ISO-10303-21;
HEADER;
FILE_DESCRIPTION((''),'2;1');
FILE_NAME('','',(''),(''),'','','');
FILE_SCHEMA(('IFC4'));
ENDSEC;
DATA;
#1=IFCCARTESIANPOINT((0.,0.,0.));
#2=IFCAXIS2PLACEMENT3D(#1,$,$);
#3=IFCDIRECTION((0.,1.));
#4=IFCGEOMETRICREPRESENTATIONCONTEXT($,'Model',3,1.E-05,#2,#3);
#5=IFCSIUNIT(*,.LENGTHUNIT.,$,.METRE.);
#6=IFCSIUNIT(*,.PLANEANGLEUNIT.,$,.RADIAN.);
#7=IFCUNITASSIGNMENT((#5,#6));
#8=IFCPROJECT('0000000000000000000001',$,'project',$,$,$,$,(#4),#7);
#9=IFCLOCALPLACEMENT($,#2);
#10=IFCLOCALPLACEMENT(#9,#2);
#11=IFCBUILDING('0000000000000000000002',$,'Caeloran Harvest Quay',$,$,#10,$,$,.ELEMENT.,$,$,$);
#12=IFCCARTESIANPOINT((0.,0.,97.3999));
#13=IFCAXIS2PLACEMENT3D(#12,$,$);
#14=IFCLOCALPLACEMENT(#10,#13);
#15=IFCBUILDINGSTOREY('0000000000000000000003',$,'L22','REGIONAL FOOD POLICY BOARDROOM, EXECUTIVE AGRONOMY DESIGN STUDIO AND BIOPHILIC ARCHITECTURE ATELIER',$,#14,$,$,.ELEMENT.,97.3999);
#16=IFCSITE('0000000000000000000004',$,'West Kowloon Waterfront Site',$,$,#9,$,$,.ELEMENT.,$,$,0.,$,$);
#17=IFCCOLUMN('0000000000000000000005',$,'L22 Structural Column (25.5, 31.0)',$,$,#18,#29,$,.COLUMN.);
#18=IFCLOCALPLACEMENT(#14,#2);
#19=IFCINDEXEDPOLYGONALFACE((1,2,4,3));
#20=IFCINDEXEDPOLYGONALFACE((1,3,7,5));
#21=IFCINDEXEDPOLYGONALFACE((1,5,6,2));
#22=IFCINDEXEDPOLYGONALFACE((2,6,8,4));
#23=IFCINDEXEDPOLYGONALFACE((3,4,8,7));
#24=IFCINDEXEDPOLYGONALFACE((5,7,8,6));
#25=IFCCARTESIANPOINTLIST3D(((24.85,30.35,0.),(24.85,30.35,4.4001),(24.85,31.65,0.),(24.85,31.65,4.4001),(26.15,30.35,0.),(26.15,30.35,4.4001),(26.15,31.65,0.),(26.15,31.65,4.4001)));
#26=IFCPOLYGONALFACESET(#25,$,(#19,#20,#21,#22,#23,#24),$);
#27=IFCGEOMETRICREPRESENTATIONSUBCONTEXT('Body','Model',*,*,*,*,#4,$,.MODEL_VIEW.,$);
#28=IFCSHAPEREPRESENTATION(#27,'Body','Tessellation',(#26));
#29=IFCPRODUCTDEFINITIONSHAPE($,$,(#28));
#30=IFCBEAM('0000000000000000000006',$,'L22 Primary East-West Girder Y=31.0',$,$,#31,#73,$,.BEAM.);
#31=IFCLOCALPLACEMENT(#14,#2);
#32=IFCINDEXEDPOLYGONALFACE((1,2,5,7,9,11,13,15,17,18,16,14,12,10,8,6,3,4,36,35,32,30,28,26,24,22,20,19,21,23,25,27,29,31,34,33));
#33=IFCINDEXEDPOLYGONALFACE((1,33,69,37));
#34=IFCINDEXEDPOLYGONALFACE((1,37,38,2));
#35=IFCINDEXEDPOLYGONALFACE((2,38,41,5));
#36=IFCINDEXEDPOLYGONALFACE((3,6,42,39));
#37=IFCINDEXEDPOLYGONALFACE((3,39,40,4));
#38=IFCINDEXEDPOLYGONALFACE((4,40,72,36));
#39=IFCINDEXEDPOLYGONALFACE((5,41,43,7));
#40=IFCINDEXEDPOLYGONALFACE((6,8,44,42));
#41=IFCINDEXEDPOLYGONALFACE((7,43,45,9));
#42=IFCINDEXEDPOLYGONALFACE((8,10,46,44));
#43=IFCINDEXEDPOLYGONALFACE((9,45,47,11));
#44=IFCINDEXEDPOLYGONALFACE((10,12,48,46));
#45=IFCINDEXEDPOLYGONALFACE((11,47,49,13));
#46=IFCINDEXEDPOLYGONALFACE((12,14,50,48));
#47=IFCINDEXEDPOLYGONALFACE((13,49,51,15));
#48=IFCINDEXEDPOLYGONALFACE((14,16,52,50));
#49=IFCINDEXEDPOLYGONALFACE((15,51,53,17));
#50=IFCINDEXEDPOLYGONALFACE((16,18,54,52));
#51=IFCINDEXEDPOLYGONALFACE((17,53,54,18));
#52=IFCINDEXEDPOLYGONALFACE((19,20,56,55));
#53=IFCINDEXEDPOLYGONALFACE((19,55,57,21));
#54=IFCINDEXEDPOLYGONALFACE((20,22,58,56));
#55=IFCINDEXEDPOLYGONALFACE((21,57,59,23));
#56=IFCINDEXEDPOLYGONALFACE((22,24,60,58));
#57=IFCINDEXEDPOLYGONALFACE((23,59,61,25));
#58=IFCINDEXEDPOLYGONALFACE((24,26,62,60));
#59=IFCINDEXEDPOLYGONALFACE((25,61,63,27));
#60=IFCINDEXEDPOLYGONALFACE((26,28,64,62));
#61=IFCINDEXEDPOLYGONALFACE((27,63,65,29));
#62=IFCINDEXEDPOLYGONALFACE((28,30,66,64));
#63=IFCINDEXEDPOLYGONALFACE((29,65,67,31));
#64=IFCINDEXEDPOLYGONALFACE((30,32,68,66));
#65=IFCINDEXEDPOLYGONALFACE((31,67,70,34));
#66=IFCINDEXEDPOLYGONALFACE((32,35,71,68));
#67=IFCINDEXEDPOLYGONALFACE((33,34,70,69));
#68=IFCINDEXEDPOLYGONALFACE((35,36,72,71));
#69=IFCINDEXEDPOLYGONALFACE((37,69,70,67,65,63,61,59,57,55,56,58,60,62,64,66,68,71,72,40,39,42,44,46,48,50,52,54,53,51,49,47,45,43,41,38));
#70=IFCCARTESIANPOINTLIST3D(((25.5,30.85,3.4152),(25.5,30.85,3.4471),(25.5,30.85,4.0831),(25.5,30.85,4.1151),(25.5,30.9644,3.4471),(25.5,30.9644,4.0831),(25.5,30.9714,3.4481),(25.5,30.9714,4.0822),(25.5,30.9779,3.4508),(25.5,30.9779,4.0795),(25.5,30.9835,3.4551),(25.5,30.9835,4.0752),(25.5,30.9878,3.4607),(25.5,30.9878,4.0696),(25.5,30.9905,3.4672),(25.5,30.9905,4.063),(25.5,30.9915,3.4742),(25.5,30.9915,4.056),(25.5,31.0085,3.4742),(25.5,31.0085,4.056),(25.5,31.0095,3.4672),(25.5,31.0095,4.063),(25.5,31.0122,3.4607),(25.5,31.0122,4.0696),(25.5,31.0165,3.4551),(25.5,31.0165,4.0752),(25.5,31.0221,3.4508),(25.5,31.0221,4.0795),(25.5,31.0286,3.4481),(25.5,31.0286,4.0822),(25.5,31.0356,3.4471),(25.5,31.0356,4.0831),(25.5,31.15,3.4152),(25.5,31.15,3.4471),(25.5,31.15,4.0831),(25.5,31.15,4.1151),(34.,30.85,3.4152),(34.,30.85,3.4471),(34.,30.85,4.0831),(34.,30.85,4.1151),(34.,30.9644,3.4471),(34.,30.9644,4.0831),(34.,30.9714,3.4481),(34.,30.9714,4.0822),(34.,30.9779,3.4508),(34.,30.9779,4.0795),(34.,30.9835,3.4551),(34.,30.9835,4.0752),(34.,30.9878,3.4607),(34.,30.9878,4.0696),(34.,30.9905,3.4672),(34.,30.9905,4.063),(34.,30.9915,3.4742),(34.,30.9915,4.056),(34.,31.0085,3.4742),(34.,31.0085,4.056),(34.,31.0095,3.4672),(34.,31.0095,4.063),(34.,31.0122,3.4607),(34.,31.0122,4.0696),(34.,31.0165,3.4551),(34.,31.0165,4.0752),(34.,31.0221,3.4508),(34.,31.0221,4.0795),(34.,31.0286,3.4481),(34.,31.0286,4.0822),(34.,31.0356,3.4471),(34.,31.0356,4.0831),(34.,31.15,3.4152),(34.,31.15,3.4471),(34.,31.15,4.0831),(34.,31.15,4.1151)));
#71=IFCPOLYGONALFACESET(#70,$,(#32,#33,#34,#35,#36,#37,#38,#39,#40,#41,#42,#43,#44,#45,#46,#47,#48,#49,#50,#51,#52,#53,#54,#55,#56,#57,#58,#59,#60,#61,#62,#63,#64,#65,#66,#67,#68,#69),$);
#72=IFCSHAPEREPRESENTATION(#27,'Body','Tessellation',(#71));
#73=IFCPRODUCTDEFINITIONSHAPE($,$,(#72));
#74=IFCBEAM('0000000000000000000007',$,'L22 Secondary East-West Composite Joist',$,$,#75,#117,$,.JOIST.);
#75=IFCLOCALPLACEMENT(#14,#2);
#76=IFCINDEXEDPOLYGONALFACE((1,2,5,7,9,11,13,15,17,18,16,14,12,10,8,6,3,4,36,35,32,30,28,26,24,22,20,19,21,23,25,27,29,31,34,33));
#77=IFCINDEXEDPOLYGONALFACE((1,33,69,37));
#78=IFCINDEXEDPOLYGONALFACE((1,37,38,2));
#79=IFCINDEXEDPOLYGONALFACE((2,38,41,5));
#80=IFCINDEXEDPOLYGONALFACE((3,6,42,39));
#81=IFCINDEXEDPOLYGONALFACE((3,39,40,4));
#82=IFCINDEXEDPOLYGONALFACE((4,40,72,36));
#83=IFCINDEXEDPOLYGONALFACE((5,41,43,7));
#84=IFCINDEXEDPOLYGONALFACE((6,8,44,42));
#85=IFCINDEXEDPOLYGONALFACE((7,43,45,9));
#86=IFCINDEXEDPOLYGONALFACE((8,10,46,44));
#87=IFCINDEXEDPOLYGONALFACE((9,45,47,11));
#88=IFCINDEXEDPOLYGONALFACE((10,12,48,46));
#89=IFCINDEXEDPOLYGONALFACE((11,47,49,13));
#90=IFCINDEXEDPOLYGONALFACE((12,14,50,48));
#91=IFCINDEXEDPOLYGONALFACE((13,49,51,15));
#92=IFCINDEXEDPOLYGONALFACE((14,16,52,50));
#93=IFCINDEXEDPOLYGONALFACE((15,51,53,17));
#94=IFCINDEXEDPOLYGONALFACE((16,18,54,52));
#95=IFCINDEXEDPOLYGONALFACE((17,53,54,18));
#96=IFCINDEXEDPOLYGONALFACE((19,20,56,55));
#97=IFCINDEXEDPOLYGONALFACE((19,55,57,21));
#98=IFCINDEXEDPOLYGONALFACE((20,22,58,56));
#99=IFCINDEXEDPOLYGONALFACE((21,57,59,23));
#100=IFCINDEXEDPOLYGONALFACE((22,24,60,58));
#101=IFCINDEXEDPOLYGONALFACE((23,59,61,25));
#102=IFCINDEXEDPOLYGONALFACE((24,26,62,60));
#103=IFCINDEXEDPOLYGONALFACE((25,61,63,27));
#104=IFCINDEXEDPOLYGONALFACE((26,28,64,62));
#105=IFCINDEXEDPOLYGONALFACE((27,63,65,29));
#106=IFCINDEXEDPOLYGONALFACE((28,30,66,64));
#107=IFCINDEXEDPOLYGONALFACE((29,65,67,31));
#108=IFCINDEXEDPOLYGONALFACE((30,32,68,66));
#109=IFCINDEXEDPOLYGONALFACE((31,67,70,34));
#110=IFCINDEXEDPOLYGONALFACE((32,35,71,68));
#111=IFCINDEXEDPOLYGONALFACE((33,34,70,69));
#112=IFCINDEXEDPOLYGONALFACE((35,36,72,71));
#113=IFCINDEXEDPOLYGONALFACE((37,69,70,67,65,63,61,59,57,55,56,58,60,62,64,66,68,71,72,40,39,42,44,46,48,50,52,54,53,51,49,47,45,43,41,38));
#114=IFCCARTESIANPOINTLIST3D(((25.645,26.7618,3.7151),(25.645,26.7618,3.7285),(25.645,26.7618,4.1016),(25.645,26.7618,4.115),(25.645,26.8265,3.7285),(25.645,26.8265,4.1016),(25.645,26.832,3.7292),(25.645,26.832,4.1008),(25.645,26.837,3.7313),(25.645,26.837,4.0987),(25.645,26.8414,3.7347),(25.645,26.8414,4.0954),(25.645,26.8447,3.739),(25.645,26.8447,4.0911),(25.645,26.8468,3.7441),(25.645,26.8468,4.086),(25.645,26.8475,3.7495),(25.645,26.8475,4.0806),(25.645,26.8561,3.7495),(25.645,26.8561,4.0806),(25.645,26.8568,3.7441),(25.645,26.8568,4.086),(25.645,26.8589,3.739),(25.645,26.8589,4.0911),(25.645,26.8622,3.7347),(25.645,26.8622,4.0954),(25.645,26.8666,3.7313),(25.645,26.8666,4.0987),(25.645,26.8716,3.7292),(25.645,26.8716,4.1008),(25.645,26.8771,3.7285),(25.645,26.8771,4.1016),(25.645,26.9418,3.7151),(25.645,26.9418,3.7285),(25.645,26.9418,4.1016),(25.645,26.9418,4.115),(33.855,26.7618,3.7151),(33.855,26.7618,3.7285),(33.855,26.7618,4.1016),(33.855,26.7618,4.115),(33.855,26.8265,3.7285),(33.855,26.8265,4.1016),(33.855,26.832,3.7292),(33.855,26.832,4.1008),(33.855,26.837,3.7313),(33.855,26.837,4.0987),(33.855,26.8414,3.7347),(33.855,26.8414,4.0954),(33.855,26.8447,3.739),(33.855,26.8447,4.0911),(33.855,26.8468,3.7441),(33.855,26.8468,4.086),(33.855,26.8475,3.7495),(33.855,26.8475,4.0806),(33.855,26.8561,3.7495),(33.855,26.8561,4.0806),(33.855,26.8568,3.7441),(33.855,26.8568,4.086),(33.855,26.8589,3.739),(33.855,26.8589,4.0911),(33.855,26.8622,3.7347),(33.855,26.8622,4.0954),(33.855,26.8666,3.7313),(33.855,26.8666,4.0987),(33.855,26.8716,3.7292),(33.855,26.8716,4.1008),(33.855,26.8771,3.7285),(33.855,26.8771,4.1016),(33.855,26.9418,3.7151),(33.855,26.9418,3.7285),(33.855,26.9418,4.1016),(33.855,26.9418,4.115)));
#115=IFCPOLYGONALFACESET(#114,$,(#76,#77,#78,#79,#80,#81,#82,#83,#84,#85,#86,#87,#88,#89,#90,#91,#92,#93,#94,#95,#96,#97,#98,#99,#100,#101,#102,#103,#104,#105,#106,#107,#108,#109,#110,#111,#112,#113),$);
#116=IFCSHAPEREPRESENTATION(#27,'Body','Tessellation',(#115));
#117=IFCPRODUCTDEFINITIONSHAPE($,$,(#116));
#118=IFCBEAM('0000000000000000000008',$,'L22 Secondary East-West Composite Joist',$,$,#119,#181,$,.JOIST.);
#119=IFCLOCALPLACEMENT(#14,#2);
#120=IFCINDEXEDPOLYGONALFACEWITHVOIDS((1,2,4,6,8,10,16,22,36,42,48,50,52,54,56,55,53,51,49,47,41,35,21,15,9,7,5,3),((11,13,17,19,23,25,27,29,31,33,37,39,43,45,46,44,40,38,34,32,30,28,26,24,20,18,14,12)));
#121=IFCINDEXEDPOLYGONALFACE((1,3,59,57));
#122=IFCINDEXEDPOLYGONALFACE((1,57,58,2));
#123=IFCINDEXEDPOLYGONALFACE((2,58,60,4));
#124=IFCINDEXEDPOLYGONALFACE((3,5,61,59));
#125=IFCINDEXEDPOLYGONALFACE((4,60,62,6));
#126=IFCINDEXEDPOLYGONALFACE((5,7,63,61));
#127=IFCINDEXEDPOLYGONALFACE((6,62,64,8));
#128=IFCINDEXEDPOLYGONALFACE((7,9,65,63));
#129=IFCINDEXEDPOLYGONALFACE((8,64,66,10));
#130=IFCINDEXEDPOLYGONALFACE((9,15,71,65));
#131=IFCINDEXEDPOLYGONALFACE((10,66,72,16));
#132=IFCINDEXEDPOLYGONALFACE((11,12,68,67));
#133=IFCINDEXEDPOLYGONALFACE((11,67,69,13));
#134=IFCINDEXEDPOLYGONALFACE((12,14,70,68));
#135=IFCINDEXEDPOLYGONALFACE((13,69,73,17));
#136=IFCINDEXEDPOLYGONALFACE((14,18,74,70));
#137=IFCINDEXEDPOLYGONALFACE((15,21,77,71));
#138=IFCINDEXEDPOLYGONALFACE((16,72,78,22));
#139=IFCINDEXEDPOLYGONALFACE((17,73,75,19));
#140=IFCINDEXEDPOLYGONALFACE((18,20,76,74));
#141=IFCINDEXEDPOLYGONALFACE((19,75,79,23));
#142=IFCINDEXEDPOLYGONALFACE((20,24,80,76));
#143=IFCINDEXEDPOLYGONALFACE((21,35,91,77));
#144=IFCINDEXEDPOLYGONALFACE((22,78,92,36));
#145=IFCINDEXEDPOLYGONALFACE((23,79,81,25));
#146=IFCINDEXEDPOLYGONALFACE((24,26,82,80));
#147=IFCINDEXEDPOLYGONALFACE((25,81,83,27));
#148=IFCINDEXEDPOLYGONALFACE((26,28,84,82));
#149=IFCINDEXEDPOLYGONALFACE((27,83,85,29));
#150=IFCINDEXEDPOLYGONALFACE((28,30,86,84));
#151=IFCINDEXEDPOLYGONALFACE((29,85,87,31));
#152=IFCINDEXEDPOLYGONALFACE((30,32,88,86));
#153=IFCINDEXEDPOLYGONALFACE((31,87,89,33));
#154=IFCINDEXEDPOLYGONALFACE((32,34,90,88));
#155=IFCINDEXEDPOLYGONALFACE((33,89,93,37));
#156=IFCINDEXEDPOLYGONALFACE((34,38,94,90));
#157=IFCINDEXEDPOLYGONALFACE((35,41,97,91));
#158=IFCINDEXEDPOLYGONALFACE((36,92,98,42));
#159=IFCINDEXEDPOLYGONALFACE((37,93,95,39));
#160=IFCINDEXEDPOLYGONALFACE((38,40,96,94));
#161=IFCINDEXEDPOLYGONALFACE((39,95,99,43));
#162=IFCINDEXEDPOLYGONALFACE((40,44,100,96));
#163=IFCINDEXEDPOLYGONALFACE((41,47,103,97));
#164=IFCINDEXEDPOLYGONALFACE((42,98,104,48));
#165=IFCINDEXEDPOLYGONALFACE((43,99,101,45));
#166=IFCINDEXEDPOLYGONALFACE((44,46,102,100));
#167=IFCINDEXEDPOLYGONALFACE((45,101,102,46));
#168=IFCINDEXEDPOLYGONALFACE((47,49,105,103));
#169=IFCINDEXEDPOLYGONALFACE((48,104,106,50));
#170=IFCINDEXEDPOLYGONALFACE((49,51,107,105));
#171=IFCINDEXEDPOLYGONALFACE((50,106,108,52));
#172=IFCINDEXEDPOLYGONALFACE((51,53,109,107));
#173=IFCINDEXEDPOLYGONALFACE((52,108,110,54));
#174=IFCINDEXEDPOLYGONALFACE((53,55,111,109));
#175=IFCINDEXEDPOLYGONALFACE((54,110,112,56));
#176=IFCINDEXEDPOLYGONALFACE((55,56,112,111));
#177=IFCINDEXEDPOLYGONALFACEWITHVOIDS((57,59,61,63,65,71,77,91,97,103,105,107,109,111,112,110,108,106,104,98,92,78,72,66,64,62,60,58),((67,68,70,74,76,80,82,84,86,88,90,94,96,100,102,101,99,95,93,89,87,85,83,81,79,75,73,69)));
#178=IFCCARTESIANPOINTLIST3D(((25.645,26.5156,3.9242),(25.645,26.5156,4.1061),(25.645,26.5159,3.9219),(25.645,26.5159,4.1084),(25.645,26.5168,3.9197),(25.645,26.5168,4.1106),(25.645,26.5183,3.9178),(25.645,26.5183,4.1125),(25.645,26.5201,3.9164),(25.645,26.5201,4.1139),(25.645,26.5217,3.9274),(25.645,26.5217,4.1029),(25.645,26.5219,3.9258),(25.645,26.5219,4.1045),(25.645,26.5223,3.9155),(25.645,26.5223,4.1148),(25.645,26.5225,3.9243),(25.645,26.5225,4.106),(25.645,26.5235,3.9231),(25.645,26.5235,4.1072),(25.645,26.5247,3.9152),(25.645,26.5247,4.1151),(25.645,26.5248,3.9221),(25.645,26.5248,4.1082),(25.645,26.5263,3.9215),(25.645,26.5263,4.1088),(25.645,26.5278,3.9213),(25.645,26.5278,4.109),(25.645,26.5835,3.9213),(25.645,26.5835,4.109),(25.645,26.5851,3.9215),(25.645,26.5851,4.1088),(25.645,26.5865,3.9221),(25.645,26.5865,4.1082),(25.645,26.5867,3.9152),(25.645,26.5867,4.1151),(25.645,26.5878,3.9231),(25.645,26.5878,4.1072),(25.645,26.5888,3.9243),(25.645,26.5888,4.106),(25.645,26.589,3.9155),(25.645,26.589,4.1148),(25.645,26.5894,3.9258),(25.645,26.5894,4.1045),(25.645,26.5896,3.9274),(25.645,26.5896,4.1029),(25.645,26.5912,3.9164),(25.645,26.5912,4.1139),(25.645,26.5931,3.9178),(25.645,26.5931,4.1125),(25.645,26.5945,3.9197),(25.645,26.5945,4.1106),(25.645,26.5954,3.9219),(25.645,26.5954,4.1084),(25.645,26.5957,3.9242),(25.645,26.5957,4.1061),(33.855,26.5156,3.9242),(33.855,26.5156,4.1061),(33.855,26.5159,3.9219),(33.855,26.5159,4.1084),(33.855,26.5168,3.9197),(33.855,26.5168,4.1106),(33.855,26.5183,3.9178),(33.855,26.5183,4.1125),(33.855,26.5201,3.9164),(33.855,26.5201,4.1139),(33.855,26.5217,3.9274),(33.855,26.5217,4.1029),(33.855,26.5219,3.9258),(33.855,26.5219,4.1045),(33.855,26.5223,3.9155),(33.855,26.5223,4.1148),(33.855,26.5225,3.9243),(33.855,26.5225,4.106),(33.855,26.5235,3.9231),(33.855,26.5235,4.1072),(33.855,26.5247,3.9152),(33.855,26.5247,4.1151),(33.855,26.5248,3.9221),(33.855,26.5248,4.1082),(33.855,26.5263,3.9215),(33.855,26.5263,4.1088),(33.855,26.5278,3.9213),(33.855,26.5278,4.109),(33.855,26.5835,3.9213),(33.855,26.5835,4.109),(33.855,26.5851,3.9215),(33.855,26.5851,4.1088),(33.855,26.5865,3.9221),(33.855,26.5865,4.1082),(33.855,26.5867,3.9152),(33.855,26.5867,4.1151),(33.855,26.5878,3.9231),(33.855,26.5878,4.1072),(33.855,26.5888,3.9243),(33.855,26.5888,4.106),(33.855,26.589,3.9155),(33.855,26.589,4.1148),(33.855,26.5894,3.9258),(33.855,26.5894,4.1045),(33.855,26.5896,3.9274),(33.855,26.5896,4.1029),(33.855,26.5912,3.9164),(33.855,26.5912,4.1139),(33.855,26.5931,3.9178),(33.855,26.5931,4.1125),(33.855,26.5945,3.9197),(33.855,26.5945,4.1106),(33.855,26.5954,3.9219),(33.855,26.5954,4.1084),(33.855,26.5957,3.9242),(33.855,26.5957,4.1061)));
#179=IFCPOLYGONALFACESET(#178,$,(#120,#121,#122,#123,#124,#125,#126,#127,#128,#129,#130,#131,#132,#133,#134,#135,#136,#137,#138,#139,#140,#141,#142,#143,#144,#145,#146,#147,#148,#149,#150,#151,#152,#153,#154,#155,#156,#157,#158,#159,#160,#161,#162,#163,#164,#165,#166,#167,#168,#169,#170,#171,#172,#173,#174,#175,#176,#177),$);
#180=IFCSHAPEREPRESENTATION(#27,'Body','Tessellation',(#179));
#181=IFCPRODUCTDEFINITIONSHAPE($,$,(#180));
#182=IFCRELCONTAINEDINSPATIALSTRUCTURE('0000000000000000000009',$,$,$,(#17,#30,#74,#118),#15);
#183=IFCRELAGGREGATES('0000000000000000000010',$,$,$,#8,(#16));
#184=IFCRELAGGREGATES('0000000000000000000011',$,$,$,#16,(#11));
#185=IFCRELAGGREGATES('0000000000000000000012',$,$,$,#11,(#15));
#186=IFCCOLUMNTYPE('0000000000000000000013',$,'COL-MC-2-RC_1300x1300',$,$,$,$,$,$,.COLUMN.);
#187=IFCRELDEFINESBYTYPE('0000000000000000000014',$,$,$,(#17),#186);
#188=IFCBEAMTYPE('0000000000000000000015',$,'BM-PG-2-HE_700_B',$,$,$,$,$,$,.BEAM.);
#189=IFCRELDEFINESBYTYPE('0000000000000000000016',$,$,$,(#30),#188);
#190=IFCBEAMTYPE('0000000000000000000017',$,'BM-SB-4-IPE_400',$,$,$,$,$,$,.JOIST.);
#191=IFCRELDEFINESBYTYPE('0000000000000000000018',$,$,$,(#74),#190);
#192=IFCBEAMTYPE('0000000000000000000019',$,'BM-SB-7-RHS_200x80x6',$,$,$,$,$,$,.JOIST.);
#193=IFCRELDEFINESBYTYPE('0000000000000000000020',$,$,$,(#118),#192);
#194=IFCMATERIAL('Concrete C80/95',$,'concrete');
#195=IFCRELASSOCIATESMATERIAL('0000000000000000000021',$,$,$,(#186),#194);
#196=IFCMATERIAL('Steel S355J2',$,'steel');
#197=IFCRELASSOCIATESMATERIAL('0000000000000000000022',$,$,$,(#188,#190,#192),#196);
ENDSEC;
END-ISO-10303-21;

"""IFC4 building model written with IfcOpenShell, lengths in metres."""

from ifc_helpers import new_model, si_unit, direction, frame, origin, origin_2d, place, context, subcontext, project, spatial, rectangle, hollow_rectangle, i_section, extrude, material, material_profile, profile_set, type_object, element, save


model = new_model("IFC4")

# Units and contexts
model_context = context("Model", 3, precision=1e-05, world=origin(), true_north=direction((0.0, 1.0)))
body_context = subcontext(model_context, "Body", "Model", "MODEL_VIEW")
ifc_project = project(units=[si_unit("LENGTHUNIT", "METRE"), si_unit("PLANEANGLEUNIT", "RADIAN")], contexts=[model_context])

# Site, building, storey
site_placement = place(None, origin())
site = spatial("IfcSite", under=ifc_project, at=site_placement, Name="West Kowloon Waterfront Site", CompositionType="ELEMENT", RefElevation=0.0)
building_placement = place(site_placement, origin())
building = spatial("IfcBuilding", under=site, at=building_placement, Name="Caeloran Harvest Quay", CompositionType="ELEMENT")
storey_placement = place(building_placement, frame((0.0, 0.0, 97.3999)))
storey = spatial("IfcBuildingStorey", under=building, at=storey_placement, Name="L22", Description="REGIONAL FOOD POLICY BOARDROOM, EXECUTIVE AGRONOMY DESIGN STUDIO AND BIOPHILIC ARCHITECTURE ATELIER", CompositionType="ELEMENT", Elevation=97.3999)

# Column
ifc_material_1 = material(Name="Concrete C80/95", Category="concrete")
ifc_material_profile_1 = material_profile(ifc_material_1, rectangle(XDim=1.3, YDim=1.3, at=origin_2d()), Name="RC 1300x1300")
ifc_profile_set_1 = profile_set([ifc_material_profile_1], Name="Concrete C80/95")
column_type = type_object("IfcColumnType", Name="COL-MC-2-RC_1300x1300", PredefinedType="COLUMN", material=ifc_profile_set_1)
column_placement = place(storey_placement, frame((25.5, 31.0, 0.0), z_axis=(0.0, 0.0, 1.0), x_axis=(1.0, 0.0, 0.0)))
element("IfcColumn", 1, at=column_placement, inside=storey, type_object=column_type, Name="L22 Structural Column (25.5, 31.0)", PredefinedType="COLUMN", context=body_context, shape_type="SweptSolid", body=[
    extrude(rectangle(XDim=1.3, YDim=1.3, at=origin_2d()), origin(), (0.0, 0.0, 1.0), 4.4001),
])

# Beams
ifc_material_2 = material(Name="Steel S355J2", Category="steel")
ifc_material_profile_2 = material_profile(ifc_material_2, i_section(OverallWidth=0.3, OverallDepth=0.7, WebThickness=0.0171, FlangeThickness=0.032, FilletRadius=0.0271, at=origin_2d()), Name="HE 700 B")
ifc_profile_set_2 = profile_set([ifc_material_profile_2], Name="Steel S355J2")
beam_type_1 = type_object("IfcBeamType", Name="BM-PG-2-HE_700_B", PredefinedType="BEAM", material=ifc_profile_set_2)
beam_1_placement = place(storey_placement, frame((25.5, 31.0, 3.7651), z_axis=(1.0, 0.0, 0.0), x_axis=(0.0, 1.0, 0.0)))
element("IfcBeam", 2, at=beam_1_placement, inside=storey, type_object=beam_type_1, Name="L22 Primary East-West Girder Y=31.0", PredefinedType="BEAM", context=body_context, shape_type="SweptSolid", body=[
    extrude(i_section(OverallWidth=0.3, OverallDepth=0.7, WebThickness=0.0171, FlangeThickness=0.032, FilletRadius=0.0271, at=origin_2d()), origin(), (0.0, 0.0, 1.0), 8.5),
])
ifc_material_profile_3 = material_profile(ifc_material_2, i_section(OverallWidth=0.1799, OverallDepth=0.3999, WebThickness=0.0085, FlangeThickness=0.0134, FilletRadius=0.021, at=origin_2d()), Name="IPE 400")
ifc_profile_set_3 = profile_set([ifc_material_profile_3], Name="Steel S355J2")
beam_type_2 = type_object("IfcBeamType", Name="BM-SB-4-IPE_400", PredefinedType="JOIST", material=ifc_profile_set_3)
beam_2_placement = place(storey_placement, frame((25.645, 26.8518, 3.915), z_axis=(1.0, 0.0, 0.0), x_axis=(0.0, 1.0, 0.0)))
element("IfcBeam", 3, at=beam_2_placement, inside=storey, type_object=beam_type_2, Name="L22 Secondary East-West Composite Joist", PredefinedType="JOIST", context=body_context, shape_type="SweptSolid", body=[
    extrude(i_section(OverallWidth=0.1799, OverallDepth=0.3999, WebThickness=0.0085, FlangeThickness=0.0134, FilletRadius=0.021, at=origin_2d()), origin(), (0.0, 0.0, 1.0), 8.21),
])
ifc_material_profile_4 = material_profile(ifc_material_2, hollow_rectangle(XDim=0.0801, YDim=0.2, WallThickness=0.0061, InnerFilletRadius=0.0061, OuterFilletRadius=0.009, at=origin_2d()), Name="RHS 200x80x6")
ifc_profile_set_4 = profile_set([ifc_material_profile_4], Name="Steel S355J2")
beam_type_3 = type_object("IfcBeamType", Name="BM-SB-7-RHS_200x80x6", PredefinedType="JOIST", material=ifc_profile_set_4)
beam_3_placement = place(storey_placement, frame((25.645, 26.5557, 4.0151), z_axis=(1.0, 0.0, 0.0), x_axis=(0.0, 1.0, 0.0)))
element("IfcBeam", 4, at=beam_3_placement, inside=storey, type_object=beam_type_3, Name="L22 Secondary East-West Composite Joist", PredefinedType="JOIST", context=body_context, shape_type="SweptSolid", body=[
    extrude(hollow_rectangle(XDim=0.0801, YDim=0.2, WallThickness=0.0061, InnerFilletRadius=0.0061, OuterFilletRadius=0.009, at=origin_2d()), origin(), (0.0, 0.0, 1.0), 8.21),
])

save(model, "model.ifc")
